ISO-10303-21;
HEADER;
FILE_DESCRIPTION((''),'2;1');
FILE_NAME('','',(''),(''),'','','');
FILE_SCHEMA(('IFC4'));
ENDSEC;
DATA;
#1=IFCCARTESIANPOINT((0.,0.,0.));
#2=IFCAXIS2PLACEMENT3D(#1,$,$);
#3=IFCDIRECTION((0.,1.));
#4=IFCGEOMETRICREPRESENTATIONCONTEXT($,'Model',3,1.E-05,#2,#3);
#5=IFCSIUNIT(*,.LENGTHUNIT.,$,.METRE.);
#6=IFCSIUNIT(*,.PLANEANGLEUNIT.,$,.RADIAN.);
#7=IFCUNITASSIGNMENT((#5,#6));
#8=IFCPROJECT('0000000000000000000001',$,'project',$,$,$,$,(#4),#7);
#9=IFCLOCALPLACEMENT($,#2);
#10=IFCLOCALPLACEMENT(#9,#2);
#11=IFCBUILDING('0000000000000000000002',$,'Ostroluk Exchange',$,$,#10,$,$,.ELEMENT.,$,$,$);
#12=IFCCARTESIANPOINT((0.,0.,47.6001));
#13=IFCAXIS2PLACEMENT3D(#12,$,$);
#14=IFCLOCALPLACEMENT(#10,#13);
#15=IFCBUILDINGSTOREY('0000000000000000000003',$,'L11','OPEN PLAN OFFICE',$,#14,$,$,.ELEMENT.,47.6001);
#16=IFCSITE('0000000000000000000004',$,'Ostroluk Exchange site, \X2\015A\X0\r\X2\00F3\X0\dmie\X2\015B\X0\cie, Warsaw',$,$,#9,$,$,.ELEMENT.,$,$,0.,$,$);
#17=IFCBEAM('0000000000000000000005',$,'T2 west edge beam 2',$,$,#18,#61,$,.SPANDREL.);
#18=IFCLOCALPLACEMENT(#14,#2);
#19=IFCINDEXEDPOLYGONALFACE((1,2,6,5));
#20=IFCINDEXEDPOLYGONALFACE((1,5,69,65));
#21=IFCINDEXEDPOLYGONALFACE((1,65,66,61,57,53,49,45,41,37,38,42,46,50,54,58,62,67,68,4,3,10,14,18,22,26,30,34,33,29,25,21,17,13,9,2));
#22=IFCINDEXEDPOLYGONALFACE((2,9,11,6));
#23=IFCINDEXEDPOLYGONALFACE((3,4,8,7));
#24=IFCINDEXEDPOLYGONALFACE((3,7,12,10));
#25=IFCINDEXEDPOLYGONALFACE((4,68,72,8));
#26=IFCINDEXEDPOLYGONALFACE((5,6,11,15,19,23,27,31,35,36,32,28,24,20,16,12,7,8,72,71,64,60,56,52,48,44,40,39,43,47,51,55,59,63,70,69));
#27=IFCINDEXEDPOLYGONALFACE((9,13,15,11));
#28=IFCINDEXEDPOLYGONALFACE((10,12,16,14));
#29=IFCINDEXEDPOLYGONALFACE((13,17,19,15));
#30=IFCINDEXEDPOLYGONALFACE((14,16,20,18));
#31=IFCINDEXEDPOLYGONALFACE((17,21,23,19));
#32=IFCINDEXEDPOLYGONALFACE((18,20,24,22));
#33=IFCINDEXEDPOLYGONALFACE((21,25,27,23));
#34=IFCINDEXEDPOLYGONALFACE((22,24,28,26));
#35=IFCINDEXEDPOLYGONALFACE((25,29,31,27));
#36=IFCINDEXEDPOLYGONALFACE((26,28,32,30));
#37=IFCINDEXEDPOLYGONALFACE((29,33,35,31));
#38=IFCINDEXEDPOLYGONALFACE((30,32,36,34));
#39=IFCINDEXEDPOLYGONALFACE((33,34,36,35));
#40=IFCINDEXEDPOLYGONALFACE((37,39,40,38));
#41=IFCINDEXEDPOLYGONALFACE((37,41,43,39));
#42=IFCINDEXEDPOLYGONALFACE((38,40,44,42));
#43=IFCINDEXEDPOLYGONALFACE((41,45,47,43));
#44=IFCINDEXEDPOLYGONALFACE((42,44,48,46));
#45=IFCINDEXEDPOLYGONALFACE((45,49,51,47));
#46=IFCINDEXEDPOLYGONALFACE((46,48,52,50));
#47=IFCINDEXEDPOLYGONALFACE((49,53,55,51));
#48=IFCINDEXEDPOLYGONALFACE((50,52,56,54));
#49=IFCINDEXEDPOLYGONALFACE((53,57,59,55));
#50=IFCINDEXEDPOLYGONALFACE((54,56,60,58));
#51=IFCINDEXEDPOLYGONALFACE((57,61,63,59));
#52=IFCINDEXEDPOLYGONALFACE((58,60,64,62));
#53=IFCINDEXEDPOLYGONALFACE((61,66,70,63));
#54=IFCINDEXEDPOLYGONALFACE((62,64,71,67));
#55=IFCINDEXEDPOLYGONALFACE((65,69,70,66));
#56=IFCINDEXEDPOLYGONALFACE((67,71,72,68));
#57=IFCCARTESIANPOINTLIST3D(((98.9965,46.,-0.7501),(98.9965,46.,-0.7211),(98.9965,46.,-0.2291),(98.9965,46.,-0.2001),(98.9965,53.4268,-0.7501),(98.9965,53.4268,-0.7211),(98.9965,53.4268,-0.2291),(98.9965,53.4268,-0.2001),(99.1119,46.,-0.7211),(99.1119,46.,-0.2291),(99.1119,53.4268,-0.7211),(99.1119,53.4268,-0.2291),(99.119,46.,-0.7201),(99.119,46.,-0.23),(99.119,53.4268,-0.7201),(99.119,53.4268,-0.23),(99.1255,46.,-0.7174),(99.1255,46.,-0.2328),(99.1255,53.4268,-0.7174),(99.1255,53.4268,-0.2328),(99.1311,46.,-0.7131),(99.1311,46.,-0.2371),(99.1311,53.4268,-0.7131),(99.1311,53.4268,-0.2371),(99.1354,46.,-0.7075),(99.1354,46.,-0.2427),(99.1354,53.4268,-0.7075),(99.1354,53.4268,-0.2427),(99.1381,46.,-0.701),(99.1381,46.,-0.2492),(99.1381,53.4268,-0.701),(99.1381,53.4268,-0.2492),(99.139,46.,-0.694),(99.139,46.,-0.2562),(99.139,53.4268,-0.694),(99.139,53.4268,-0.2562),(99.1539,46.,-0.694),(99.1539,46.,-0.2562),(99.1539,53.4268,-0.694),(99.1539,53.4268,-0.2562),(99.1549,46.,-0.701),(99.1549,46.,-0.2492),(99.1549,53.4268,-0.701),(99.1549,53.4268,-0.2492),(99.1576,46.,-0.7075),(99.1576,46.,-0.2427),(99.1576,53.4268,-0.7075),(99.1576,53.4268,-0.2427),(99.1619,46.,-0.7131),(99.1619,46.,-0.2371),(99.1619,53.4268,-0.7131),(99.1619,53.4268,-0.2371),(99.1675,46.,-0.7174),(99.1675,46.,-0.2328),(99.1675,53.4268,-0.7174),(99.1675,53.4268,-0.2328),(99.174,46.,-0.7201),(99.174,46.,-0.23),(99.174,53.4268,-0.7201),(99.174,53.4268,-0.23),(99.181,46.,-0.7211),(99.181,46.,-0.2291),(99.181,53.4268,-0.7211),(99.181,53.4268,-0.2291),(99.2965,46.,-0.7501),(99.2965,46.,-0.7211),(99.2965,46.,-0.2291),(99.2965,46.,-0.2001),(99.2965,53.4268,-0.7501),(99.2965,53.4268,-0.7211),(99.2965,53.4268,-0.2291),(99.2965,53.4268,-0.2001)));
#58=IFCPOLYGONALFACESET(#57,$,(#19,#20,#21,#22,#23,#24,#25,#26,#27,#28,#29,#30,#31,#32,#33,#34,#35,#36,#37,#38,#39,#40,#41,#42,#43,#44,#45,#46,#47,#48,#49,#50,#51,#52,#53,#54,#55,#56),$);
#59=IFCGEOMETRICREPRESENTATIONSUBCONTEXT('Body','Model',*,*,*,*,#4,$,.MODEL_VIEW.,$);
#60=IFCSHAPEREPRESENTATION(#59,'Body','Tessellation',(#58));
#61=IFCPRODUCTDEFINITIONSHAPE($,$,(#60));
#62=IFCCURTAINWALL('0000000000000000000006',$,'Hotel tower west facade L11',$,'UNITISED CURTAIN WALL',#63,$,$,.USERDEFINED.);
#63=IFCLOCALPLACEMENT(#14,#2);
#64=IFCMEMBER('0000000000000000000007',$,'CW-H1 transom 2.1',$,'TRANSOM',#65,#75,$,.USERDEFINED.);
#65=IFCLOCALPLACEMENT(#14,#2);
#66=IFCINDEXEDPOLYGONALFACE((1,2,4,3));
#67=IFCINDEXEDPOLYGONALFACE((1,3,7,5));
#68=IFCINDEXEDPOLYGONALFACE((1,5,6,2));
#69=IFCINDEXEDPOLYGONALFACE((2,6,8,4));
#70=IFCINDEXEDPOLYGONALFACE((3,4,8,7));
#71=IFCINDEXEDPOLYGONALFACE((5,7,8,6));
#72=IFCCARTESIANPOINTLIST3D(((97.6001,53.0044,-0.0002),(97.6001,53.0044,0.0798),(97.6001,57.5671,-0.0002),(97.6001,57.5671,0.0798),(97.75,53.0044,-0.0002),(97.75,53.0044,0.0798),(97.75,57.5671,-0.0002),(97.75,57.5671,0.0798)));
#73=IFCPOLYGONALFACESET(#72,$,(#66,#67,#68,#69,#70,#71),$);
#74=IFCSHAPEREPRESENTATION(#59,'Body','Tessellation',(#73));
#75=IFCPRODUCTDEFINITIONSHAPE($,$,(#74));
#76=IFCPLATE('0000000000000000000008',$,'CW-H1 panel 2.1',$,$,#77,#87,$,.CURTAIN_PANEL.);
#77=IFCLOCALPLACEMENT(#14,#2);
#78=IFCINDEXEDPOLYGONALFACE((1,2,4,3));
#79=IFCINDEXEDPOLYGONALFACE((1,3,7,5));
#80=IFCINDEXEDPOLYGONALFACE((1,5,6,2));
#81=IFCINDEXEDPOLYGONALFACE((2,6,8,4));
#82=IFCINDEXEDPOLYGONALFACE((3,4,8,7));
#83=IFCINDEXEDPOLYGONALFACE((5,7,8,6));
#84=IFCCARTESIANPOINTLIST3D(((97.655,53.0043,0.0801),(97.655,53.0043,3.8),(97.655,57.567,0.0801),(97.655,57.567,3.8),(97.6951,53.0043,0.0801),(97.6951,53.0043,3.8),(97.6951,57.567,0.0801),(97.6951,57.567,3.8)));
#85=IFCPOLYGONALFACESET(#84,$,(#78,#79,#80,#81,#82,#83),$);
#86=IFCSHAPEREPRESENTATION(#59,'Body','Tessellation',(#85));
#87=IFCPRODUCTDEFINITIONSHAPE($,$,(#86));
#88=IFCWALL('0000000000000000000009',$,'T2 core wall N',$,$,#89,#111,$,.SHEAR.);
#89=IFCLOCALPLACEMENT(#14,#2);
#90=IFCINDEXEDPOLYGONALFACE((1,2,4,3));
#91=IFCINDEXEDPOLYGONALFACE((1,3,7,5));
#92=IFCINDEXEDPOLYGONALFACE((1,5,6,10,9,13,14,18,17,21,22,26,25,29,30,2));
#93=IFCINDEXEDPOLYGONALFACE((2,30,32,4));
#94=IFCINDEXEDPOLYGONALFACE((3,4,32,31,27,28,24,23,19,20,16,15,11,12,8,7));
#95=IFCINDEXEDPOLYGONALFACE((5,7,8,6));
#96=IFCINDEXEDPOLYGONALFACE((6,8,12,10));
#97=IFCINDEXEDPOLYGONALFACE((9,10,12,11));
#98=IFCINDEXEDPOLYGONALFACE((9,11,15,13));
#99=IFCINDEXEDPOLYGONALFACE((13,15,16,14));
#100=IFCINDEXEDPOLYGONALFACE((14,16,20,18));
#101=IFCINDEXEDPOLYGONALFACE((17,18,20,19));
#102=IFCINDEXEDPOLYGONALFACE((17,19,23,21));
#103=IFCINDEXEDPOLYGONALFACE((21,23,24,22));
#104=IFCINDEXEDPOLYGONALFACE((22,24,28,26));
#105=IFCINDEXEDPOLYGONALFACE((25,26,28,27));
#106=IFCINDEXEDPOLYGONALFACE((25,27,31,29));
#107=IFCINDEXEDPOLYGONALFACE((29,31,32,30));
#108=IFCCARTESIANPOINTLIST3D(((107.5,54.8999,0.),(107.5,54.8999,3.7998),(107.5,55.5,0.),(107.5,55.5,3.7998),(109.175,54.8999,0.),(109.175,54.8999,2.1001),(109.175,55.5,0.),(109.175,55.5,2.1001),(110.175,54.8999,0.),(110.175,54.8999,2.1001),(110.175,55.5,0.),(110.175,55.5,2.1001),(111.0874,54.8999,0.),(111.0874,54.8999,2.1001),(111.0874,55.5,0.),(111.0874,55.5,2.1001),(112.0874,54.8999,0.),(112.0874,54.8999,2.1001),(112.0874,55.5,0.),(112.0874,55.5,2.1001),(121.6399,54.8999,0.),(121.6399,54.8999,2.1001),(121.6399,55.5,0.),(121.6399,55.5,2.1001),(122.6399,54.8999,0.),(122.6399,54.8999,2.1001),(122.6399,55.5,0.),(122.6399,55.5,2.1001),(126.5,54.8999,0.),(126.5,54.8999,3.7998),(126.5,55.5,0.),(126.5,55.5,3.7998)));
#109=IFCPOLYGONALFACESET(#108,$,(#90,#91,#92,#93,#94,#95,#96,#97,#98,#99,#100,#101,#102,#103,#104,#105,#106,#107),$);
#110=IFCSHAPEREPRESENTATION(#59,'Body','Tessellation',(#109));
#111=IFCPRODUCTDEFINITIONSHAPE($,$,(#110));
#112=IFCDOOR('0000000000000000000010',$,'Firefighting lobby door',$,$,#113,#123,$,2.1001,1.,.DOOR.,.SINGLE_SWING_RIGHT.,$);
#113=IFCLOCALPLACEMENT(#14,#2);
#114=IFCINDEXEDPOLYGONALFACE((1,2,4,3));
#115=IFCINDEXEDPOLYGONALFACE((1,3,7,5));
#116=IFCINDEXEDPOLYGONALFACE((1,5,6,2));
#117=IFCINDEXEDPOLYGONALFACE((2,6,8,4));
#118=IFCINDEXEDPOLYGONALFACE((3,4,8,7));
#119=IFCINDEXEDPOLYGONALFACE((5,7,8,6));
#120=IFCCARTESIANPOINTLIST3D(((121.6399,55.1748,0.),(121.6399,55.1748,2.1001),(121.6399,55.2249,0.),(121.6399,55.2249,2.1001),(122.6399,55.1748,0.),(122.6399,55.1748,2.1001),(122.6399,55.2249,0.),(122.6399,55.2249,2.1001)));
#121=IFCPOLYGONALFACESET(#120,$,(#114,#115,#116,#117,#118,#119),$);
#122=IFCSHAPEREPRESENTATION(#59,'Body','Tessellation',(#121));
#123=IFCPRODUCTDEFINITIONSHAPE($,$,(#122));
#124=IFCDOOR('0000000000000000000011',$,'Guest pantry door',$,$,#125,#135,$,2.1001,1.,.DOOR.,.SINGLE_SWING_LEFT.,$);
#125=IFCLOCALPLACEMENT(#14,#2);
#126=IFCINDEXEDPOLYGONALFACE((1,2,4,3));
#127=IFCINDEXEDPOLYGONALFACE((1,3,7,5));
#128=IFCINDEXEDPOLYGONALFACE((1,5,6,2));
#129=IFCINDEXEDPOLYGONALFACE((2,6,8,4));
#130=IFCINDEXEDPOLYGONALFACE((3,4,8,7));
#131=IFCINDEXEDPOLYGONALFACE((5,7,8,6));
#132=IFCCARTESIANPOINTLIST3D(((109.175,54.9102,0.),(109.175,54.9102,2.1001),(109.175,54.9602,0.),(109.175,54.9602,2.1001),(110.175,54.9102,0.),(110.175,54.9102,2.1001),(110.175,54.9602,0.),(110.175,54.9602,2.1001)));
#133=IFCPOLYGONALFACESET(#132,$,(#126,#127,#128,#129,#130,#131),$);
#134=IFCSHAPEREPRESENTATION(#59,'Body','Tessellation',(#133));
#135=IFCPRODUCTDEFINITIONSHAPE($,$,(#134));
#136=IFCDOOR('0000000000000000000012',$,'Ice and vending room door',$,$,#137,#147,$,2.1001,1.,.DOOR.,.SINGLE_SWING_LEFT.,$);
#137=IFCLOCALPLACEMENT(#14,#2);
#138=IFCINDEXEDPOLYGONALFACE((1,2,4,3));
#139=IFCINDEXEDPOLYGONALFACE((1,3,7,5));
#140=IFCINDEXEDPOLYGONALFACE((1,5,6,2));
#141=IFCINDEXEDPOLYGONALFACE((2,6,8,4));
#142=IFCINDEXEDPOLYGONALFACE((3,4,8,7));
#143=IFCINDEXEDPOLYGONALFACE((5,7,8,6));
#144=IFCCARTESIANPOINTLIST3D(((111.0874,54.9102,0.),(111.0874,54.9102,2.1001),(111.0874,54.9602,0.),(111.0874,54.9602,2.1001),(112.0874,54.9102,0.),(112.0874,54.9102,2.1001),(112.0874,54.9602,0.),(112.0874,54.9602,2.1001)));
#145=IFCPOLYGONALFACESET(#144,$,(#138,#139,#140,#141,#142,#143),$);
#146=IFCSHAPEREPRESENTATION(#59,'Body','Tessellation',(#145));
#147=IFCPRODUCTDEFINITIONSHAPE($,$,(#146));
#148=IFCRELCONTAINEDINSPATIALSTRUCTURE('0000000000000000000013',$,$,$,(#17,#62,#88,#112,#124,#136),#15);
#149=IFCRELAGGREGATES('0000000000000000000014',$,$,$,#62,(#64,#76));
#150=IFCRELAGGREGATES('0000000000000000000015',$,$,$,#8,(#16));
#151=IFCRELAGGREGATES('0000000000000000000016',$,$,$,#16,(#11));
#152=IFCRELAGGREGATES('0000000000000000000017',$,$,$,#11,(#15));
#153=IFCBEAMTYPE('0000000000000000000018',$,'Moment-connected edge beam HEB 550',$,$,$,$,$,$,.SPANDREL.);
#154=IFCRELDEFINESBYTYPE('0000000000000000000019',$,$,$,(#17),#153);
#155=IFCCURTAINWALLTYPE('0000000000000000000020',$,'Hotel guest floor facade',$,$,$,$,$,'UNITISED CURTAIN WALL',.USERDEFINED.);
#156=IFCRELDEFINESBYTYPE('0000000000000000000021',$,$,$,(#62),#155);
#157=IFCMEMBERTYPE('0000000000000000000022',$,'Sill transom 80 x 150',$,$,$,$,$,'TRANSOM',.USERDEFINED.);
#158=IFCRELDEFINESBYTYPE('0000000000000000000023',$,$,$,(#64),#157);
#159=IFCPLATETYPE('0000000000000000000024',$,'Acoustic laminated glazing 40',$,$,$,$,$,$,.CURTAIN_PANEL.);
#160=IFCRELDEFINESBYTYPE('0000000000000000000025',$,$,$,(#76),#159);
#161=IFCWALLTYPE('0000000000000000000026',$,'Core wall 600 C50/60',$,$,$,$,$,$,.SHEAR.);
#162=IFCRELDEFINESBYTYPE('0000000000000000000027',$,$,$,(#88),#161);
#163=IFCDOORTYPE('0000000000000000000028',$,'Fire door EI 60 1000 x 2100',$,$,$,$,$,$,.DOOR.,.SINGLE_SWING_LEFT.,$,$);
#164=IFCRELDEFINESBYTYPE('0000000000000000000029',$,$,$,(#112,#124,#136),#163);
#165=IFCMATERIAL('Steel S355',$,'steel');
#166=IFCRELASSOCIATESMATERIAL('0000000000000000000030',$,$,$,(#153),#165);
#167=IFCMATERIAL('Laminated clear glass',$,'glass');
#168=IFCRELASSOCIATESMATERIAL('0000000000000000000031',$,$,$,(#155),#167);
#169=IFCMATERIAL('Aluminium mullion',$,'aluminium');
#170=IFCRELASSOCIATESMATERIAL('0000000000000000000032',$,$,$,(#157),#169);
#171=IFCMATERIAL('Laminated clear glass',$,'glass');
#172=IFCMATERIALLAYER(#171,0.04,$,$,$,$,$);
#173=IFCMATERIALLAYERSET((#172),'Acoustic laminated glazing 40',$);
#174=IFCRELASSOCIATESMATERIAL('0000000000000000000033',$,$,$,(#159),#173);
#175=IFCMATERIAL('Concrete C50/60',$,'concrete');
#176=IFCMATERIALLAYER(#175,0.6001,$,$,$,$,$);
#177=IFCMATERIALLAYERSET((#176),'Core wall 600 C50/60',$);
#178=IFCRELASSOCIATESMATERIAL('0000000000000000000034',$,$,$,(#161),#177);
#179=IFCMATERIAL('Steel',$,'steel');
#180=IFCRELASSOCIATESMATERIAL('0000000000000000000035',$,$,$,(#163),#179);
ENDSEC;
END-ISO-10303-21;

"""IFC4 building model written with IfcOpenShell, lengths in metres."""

from ifc_helpers import new_model, si_unit, direction, frame, frame_2d, origin, origin_2d, place, context, subcontext, project, spatial, rectangle, i_section, extrude, material, layer, layer_set, material_profile, profile_set, type_object, element, fill, aggregate, save


model = new_model("IFC4")

# Units and contexts
model_context = context("Model", 3, precision=1e-05, world=origin(), true_north=direction((0.0, 1.0)))
body_context = subcontext(model_context, "Body", "Model", "MODEL_VIEW")
ifc_project = project(units=[si_unit("LENGTHUNIT", "METRE"), si_unit("PLANEANGLEUNIT", "RADIAN")], contexts=[model_context])

# Site, building, storey
site_placement = place(None, origin())
site = spatial("IfcSite", under=ifc_project, at=site_placement, Name="Ostroluk Exchange site, Śródmieście, Warsaw", CompositionType="ELEMENT", RefElevation=0.0)
building_placement = place(site_placement, origin())
building = spatial("IfcBuilding", under=site, at=building_placement, Name="Ostroluk Exchange", CompositionType="ELEMENT")
storey_placement = place(building_placement, frame((0.0, 0.0, 47.6001)))
storey = spatial("IfcBuildingStorey", under=building, at=storey_placement, Name="L11", Description="OPEN PLAN OFFICE", CompositionType="ELEMENT", Elevation=47.6001)

# Beam
ifc_material_1 = material(Name="Steel S355", Category="steel")
ifc_material_profile_1 = material_profile(ifc_material_1, i_section(OverallWidth=0.3, OverallDepth=0.55, WebThickness=0.0149, FlangeThickness=0.0291, FilletRadius=0.0271, at=origin_2d()), Name="HEB 550")
ifc_profile_set_1 = profile_set([ifc_material_profile_1], Name="Steel S355")
beam_type_1 = type_object("IfcBeamType", Name="Moment-connected edge beam HEB 550", PredefinedType="SPANDREL", material=ifc_profile_set_1)
beam_1_placement = place(storey_placement, frame((99.1465, 53.4268, -0.4751), z_axis=(0.0, -1.0, 0.0), x_axis=(1.0, 0.0, 0.0)))
element("IfcBeam", 1, at=beam_1_placement, inside=storey, type_object=beam_type_1, Name="T2 west edge beam 2", PredefinedType="SPANDREL", context=body_context, shape_type="SweptSolid", body=[
    extrude(i_section(OverallWidth=0.3, OverallDepth=0.55, WebThickness=0.0149, FlangeThickness=0.0291, FilletRadius=0.0271, at=origin_2d()), origin(), (0.0, 0.0, 1.0), 7.4268),
])

# Curtain wall, member, plate
ifc_material_2 = material(Name="Laminated clear glass", Category="glass")
curtain_wall_type = type_object("IfcCurtainWallType", Name="Hotel guest floor facade", ElementType="UNITISED CURTAIN WALL", PredefinedType="USERDEFINED", material=ifc_material_2)
curtain_wall_placement = place(storey_placement, origin())
curtain_wall = element("IfcCurtainWall", 2, at=curtain_wall_placement, inside=storey, type_object=curtain_wall_type, Name="Hotel tower west facade L11", ObjectType="UNITISED CURTAIN WALL", PredefinedType="USERDEFINED")
ifc_material_3 = material(Name="Aluminium mullion", Category="aluminium")
ifc_material_profile_2 = material_profile(ifc_material_3, rectangle(XDim=0.1499, YDim=0.0801, at=origin_2d()), Name="Sill transom 80 x 150")
ifc_profile_set_2 = profile_set([ifc_material_profile_2], Name="Aluminium mullion")
member_type = type_object("IfcMemberType", Name="Sill transom 80 x 150", ElementType="TRANSOM", PredefinedType="USERDEFINED", material=ifc_profile_set_2)
member_placement = place(storey_placement, frame((97.675, 57.5671, 0.0398), z_axis=(0.0, -1.0, 0.0), x_axis=(1.0, 0.0, 0.0)))
member = element("IfcMember", 3, at=member_placement, type_object=member_type, Name="CW-H1 transom 2.1", ObjectType="TRANSOM", PredefinedType="USERDEFINED", context=body_context, shape_type="SweptSolid", body=[
    extrude(rectangle(XDim=0.1499, YDim=0.0801, at=origin_2d()), origin(), (0.0, 0.0, 1.0), 4.5627),
])
ifc_material_4 = material(Name="Laminated clear glass", Category="glass")
ifc_layer_1 = layer(ifc_material_4, 0.04)
ifc_layer_set_1 = layer_set([ifc_layer_1], Name="Acoustic laminated glazing 40")
plate_type = type_object("IfcPlateType", Name="Acoustic laminated glazing 40", PredefinedType="CURTAIN_PANEL", material=ifc_layer_set_1)
plate_placement = place(storey_placement, frame((97.675, 55.2856, 0.0801), z_axis=(0.0, 0.0, 1.0), x_axis=(0.0, -1.0, 0.0)))
plate = element("IfcPlate", 4, at=plate_placement, type_object=plate_type, Name="CW-H1 panel 2.1", PredefinedType="CURTAIN_PANEL", context=body_context, shape_type="SweptSolid", body=[
    extrude(rectangle(XDim=4.5627, YDim=0.04, at=origin_2d()), origin(), (0.0, 0.0, 1.0), 3.72),
])
aggregate(curtain_wall, [member, plate])

# Wall, openings, doors
ifc_material_5 = material(Name="Concrete C50/60", Category="concrete")
ifc_layer_2 = layer(ifc_material_5, 0.6001)
ifc_layer_set_2 = layer_set([ifc_layer_2], Name="Core wall 600 C50/60")
wall_type_1 = type_object("IfcWallType", Name="Core wall 600 C50/60", PredefinedType="SHEAR", material=ifc_layer_set_2)
wall_1_placement = place(storey_placement, frame((107.5, 55.2, 0.0), z_axis=(0.0, 0.0, 1.0), x_axis=(1.0, 0.0, 0.0)))
wall_1 = element("IfcWall", 5, at=wall_1_placement, inside=storey, type_object=wall_type_1, Name="T2 core wall N", PredefinedType="SHEAR", context=body_context, shape_type="SweptSolid", body=[
    extrude(rectangle(XDim=19.0, YDim=0.6001, at=frame_2d((9.5, 0.0))), origin(), (0.0, 0.0, 1.0), 3.7998),
])
opening_1_placement = place(wall_1_placement, frame((14.1399, 0.0, 0.0)))
opening_1 = element("IfcOpeningElement", 6, at=opening_1_placement, cuts=wall_1, PredefinedType="OPENING", context=body_context, shape_type="SweptSolid", body=[
    extrude(rectangle(XDim=1.0, YDim=2.1001, at=frame_2d((0.5, 1.05))), frame((0.0, 0.3101, 0.0), z_axis=(0.0, -1.0, 0.0), x_axis=(1.0, 0.0, 0.0)), (0.0, 0.0, 1.0), 0.6201),
])
opening_2_placement = place(wall_1_placement, frame((1.675, 0.0, 0.0)))
opening_2 = element("IfcOpeningElement", 7, at=opening_2_placement, cuts=wall_1, PredefinedType="OPENING", context=body_context, shape_type="SweptSolid", body=[
    extrude(rectangle(XDim=1.0, YDim=2.1001, at=frame_2d((0.5, 1.05))), frame((0.0, 0.3101, 0.0), z_axis=(0.0, -1.0, 0.0), x_axis=(1.0, 0.0, 0.0)), (0.0, 0.0, 1.0), 0.6201),
])
opening_3_placement = place(wall_1_placement, frame((3.5874, 0.0, 0.0)))
opening_3 = element("IfcOpeningElement", 8, at=opening_3_placement, cuts=wall_1, PredefinedType="OPENING", context=body_context, shape_type="SweptSolid", body=[
    extrude(rectangle(XDim=1.0, YDim=2.1001, at=frame_2d((0.5, 1.05))), frame((0.0, 0.3101, 0.0), z_axis=(0.0, -1.0, 0.0), x_axis=(1.0, 0.0, 0.0)), (0.0, 0.0, 1.0), 0.6201),
])
ifc_material_6 = material(Name="Steel", Category="steel")
door_type_1 = type_object("IfcDoorType", Name="Fire door EI 60 1000 x 2100", OperationType="SINGLE_SWING_LEFT", PredefinedType="DOOR", material=ifc_material_6)
door_1_placement = place(opening_1_placement, origin())
door_1 = element("IfcDoor", 9, at=door_1_placement, inside=storey, type_object=door_type_1, Name="Firefighting lobby door", OperationType="SINGLE_SWING_RIGHT", OverallHeight=2.1001, OverallWidth=1.0, PredefinedType="DOOR", context=body_context, shape_type="SweptSolid", body=[
    extrude(rectangle(XDim=1.0, YDim=2.1001, at=frame_2d((0.5, 1.05))), frame((0.0, 0.0249, 0.0), z_axis=(0.0, -1.0, 0.0), x_axis=(1.0, 0.0, 0.0)), (0.0, 0.0, 1.0), 0.05),
])
fill(opening_1, door_1)
door_2_placement = place(opening_2_placement, origin())
door_2 = element("IfcDoor", 10, at=door_2_placement, inside=storey, type_object=door_type_1, Name="Guest pantry door", OperationType="SINGLE_SWING_LEFT", OverallHeight=2.1001, OverallWidth=1.0, PredefinedType="DOOR", context=body_context, shape_type="SweptSolid", body=[
    extrude(rectangle(XDim=1.0, YDim=2.1001, at=frame_2d((0.5, 1.05))), frame((0.0, -0.2397, 0.0), z_axis=(0.0, -1.0, 0.0), x_axis=(1.0, 0.0, 0.0)), (0.0, 0.0, 1.0), 0.05),
])
fill(opening_2, door_2)
door_3_placement = place(opening_3_placement, origin())
door_3 = element("IfcDoor", 11, at=door_3_placement, inside=storey, type_object=door_type_1, Name="Ice and vending room door", OperationType="SINGLE_SWING_LEFT", OverallHeight=2.1001, OverallWidth=1.0, PredefinedType="DOOR", context=body_context, shape_type="SweptSolid", body=[
    extrude(rectangle(XDim=1.0, YDim=2.1001, at=frame_2d((0.5, 1.05))), frame((0.0, -0.2397, 0.0), z_axis=(0.0, -1.0, 0.0), x_axis=(1.0, 0.0, 0.0)), (0.0, 0.0, 1.0), 0.05),
])
fill(opening_3, door_3)

save(model, "model.ifc")
